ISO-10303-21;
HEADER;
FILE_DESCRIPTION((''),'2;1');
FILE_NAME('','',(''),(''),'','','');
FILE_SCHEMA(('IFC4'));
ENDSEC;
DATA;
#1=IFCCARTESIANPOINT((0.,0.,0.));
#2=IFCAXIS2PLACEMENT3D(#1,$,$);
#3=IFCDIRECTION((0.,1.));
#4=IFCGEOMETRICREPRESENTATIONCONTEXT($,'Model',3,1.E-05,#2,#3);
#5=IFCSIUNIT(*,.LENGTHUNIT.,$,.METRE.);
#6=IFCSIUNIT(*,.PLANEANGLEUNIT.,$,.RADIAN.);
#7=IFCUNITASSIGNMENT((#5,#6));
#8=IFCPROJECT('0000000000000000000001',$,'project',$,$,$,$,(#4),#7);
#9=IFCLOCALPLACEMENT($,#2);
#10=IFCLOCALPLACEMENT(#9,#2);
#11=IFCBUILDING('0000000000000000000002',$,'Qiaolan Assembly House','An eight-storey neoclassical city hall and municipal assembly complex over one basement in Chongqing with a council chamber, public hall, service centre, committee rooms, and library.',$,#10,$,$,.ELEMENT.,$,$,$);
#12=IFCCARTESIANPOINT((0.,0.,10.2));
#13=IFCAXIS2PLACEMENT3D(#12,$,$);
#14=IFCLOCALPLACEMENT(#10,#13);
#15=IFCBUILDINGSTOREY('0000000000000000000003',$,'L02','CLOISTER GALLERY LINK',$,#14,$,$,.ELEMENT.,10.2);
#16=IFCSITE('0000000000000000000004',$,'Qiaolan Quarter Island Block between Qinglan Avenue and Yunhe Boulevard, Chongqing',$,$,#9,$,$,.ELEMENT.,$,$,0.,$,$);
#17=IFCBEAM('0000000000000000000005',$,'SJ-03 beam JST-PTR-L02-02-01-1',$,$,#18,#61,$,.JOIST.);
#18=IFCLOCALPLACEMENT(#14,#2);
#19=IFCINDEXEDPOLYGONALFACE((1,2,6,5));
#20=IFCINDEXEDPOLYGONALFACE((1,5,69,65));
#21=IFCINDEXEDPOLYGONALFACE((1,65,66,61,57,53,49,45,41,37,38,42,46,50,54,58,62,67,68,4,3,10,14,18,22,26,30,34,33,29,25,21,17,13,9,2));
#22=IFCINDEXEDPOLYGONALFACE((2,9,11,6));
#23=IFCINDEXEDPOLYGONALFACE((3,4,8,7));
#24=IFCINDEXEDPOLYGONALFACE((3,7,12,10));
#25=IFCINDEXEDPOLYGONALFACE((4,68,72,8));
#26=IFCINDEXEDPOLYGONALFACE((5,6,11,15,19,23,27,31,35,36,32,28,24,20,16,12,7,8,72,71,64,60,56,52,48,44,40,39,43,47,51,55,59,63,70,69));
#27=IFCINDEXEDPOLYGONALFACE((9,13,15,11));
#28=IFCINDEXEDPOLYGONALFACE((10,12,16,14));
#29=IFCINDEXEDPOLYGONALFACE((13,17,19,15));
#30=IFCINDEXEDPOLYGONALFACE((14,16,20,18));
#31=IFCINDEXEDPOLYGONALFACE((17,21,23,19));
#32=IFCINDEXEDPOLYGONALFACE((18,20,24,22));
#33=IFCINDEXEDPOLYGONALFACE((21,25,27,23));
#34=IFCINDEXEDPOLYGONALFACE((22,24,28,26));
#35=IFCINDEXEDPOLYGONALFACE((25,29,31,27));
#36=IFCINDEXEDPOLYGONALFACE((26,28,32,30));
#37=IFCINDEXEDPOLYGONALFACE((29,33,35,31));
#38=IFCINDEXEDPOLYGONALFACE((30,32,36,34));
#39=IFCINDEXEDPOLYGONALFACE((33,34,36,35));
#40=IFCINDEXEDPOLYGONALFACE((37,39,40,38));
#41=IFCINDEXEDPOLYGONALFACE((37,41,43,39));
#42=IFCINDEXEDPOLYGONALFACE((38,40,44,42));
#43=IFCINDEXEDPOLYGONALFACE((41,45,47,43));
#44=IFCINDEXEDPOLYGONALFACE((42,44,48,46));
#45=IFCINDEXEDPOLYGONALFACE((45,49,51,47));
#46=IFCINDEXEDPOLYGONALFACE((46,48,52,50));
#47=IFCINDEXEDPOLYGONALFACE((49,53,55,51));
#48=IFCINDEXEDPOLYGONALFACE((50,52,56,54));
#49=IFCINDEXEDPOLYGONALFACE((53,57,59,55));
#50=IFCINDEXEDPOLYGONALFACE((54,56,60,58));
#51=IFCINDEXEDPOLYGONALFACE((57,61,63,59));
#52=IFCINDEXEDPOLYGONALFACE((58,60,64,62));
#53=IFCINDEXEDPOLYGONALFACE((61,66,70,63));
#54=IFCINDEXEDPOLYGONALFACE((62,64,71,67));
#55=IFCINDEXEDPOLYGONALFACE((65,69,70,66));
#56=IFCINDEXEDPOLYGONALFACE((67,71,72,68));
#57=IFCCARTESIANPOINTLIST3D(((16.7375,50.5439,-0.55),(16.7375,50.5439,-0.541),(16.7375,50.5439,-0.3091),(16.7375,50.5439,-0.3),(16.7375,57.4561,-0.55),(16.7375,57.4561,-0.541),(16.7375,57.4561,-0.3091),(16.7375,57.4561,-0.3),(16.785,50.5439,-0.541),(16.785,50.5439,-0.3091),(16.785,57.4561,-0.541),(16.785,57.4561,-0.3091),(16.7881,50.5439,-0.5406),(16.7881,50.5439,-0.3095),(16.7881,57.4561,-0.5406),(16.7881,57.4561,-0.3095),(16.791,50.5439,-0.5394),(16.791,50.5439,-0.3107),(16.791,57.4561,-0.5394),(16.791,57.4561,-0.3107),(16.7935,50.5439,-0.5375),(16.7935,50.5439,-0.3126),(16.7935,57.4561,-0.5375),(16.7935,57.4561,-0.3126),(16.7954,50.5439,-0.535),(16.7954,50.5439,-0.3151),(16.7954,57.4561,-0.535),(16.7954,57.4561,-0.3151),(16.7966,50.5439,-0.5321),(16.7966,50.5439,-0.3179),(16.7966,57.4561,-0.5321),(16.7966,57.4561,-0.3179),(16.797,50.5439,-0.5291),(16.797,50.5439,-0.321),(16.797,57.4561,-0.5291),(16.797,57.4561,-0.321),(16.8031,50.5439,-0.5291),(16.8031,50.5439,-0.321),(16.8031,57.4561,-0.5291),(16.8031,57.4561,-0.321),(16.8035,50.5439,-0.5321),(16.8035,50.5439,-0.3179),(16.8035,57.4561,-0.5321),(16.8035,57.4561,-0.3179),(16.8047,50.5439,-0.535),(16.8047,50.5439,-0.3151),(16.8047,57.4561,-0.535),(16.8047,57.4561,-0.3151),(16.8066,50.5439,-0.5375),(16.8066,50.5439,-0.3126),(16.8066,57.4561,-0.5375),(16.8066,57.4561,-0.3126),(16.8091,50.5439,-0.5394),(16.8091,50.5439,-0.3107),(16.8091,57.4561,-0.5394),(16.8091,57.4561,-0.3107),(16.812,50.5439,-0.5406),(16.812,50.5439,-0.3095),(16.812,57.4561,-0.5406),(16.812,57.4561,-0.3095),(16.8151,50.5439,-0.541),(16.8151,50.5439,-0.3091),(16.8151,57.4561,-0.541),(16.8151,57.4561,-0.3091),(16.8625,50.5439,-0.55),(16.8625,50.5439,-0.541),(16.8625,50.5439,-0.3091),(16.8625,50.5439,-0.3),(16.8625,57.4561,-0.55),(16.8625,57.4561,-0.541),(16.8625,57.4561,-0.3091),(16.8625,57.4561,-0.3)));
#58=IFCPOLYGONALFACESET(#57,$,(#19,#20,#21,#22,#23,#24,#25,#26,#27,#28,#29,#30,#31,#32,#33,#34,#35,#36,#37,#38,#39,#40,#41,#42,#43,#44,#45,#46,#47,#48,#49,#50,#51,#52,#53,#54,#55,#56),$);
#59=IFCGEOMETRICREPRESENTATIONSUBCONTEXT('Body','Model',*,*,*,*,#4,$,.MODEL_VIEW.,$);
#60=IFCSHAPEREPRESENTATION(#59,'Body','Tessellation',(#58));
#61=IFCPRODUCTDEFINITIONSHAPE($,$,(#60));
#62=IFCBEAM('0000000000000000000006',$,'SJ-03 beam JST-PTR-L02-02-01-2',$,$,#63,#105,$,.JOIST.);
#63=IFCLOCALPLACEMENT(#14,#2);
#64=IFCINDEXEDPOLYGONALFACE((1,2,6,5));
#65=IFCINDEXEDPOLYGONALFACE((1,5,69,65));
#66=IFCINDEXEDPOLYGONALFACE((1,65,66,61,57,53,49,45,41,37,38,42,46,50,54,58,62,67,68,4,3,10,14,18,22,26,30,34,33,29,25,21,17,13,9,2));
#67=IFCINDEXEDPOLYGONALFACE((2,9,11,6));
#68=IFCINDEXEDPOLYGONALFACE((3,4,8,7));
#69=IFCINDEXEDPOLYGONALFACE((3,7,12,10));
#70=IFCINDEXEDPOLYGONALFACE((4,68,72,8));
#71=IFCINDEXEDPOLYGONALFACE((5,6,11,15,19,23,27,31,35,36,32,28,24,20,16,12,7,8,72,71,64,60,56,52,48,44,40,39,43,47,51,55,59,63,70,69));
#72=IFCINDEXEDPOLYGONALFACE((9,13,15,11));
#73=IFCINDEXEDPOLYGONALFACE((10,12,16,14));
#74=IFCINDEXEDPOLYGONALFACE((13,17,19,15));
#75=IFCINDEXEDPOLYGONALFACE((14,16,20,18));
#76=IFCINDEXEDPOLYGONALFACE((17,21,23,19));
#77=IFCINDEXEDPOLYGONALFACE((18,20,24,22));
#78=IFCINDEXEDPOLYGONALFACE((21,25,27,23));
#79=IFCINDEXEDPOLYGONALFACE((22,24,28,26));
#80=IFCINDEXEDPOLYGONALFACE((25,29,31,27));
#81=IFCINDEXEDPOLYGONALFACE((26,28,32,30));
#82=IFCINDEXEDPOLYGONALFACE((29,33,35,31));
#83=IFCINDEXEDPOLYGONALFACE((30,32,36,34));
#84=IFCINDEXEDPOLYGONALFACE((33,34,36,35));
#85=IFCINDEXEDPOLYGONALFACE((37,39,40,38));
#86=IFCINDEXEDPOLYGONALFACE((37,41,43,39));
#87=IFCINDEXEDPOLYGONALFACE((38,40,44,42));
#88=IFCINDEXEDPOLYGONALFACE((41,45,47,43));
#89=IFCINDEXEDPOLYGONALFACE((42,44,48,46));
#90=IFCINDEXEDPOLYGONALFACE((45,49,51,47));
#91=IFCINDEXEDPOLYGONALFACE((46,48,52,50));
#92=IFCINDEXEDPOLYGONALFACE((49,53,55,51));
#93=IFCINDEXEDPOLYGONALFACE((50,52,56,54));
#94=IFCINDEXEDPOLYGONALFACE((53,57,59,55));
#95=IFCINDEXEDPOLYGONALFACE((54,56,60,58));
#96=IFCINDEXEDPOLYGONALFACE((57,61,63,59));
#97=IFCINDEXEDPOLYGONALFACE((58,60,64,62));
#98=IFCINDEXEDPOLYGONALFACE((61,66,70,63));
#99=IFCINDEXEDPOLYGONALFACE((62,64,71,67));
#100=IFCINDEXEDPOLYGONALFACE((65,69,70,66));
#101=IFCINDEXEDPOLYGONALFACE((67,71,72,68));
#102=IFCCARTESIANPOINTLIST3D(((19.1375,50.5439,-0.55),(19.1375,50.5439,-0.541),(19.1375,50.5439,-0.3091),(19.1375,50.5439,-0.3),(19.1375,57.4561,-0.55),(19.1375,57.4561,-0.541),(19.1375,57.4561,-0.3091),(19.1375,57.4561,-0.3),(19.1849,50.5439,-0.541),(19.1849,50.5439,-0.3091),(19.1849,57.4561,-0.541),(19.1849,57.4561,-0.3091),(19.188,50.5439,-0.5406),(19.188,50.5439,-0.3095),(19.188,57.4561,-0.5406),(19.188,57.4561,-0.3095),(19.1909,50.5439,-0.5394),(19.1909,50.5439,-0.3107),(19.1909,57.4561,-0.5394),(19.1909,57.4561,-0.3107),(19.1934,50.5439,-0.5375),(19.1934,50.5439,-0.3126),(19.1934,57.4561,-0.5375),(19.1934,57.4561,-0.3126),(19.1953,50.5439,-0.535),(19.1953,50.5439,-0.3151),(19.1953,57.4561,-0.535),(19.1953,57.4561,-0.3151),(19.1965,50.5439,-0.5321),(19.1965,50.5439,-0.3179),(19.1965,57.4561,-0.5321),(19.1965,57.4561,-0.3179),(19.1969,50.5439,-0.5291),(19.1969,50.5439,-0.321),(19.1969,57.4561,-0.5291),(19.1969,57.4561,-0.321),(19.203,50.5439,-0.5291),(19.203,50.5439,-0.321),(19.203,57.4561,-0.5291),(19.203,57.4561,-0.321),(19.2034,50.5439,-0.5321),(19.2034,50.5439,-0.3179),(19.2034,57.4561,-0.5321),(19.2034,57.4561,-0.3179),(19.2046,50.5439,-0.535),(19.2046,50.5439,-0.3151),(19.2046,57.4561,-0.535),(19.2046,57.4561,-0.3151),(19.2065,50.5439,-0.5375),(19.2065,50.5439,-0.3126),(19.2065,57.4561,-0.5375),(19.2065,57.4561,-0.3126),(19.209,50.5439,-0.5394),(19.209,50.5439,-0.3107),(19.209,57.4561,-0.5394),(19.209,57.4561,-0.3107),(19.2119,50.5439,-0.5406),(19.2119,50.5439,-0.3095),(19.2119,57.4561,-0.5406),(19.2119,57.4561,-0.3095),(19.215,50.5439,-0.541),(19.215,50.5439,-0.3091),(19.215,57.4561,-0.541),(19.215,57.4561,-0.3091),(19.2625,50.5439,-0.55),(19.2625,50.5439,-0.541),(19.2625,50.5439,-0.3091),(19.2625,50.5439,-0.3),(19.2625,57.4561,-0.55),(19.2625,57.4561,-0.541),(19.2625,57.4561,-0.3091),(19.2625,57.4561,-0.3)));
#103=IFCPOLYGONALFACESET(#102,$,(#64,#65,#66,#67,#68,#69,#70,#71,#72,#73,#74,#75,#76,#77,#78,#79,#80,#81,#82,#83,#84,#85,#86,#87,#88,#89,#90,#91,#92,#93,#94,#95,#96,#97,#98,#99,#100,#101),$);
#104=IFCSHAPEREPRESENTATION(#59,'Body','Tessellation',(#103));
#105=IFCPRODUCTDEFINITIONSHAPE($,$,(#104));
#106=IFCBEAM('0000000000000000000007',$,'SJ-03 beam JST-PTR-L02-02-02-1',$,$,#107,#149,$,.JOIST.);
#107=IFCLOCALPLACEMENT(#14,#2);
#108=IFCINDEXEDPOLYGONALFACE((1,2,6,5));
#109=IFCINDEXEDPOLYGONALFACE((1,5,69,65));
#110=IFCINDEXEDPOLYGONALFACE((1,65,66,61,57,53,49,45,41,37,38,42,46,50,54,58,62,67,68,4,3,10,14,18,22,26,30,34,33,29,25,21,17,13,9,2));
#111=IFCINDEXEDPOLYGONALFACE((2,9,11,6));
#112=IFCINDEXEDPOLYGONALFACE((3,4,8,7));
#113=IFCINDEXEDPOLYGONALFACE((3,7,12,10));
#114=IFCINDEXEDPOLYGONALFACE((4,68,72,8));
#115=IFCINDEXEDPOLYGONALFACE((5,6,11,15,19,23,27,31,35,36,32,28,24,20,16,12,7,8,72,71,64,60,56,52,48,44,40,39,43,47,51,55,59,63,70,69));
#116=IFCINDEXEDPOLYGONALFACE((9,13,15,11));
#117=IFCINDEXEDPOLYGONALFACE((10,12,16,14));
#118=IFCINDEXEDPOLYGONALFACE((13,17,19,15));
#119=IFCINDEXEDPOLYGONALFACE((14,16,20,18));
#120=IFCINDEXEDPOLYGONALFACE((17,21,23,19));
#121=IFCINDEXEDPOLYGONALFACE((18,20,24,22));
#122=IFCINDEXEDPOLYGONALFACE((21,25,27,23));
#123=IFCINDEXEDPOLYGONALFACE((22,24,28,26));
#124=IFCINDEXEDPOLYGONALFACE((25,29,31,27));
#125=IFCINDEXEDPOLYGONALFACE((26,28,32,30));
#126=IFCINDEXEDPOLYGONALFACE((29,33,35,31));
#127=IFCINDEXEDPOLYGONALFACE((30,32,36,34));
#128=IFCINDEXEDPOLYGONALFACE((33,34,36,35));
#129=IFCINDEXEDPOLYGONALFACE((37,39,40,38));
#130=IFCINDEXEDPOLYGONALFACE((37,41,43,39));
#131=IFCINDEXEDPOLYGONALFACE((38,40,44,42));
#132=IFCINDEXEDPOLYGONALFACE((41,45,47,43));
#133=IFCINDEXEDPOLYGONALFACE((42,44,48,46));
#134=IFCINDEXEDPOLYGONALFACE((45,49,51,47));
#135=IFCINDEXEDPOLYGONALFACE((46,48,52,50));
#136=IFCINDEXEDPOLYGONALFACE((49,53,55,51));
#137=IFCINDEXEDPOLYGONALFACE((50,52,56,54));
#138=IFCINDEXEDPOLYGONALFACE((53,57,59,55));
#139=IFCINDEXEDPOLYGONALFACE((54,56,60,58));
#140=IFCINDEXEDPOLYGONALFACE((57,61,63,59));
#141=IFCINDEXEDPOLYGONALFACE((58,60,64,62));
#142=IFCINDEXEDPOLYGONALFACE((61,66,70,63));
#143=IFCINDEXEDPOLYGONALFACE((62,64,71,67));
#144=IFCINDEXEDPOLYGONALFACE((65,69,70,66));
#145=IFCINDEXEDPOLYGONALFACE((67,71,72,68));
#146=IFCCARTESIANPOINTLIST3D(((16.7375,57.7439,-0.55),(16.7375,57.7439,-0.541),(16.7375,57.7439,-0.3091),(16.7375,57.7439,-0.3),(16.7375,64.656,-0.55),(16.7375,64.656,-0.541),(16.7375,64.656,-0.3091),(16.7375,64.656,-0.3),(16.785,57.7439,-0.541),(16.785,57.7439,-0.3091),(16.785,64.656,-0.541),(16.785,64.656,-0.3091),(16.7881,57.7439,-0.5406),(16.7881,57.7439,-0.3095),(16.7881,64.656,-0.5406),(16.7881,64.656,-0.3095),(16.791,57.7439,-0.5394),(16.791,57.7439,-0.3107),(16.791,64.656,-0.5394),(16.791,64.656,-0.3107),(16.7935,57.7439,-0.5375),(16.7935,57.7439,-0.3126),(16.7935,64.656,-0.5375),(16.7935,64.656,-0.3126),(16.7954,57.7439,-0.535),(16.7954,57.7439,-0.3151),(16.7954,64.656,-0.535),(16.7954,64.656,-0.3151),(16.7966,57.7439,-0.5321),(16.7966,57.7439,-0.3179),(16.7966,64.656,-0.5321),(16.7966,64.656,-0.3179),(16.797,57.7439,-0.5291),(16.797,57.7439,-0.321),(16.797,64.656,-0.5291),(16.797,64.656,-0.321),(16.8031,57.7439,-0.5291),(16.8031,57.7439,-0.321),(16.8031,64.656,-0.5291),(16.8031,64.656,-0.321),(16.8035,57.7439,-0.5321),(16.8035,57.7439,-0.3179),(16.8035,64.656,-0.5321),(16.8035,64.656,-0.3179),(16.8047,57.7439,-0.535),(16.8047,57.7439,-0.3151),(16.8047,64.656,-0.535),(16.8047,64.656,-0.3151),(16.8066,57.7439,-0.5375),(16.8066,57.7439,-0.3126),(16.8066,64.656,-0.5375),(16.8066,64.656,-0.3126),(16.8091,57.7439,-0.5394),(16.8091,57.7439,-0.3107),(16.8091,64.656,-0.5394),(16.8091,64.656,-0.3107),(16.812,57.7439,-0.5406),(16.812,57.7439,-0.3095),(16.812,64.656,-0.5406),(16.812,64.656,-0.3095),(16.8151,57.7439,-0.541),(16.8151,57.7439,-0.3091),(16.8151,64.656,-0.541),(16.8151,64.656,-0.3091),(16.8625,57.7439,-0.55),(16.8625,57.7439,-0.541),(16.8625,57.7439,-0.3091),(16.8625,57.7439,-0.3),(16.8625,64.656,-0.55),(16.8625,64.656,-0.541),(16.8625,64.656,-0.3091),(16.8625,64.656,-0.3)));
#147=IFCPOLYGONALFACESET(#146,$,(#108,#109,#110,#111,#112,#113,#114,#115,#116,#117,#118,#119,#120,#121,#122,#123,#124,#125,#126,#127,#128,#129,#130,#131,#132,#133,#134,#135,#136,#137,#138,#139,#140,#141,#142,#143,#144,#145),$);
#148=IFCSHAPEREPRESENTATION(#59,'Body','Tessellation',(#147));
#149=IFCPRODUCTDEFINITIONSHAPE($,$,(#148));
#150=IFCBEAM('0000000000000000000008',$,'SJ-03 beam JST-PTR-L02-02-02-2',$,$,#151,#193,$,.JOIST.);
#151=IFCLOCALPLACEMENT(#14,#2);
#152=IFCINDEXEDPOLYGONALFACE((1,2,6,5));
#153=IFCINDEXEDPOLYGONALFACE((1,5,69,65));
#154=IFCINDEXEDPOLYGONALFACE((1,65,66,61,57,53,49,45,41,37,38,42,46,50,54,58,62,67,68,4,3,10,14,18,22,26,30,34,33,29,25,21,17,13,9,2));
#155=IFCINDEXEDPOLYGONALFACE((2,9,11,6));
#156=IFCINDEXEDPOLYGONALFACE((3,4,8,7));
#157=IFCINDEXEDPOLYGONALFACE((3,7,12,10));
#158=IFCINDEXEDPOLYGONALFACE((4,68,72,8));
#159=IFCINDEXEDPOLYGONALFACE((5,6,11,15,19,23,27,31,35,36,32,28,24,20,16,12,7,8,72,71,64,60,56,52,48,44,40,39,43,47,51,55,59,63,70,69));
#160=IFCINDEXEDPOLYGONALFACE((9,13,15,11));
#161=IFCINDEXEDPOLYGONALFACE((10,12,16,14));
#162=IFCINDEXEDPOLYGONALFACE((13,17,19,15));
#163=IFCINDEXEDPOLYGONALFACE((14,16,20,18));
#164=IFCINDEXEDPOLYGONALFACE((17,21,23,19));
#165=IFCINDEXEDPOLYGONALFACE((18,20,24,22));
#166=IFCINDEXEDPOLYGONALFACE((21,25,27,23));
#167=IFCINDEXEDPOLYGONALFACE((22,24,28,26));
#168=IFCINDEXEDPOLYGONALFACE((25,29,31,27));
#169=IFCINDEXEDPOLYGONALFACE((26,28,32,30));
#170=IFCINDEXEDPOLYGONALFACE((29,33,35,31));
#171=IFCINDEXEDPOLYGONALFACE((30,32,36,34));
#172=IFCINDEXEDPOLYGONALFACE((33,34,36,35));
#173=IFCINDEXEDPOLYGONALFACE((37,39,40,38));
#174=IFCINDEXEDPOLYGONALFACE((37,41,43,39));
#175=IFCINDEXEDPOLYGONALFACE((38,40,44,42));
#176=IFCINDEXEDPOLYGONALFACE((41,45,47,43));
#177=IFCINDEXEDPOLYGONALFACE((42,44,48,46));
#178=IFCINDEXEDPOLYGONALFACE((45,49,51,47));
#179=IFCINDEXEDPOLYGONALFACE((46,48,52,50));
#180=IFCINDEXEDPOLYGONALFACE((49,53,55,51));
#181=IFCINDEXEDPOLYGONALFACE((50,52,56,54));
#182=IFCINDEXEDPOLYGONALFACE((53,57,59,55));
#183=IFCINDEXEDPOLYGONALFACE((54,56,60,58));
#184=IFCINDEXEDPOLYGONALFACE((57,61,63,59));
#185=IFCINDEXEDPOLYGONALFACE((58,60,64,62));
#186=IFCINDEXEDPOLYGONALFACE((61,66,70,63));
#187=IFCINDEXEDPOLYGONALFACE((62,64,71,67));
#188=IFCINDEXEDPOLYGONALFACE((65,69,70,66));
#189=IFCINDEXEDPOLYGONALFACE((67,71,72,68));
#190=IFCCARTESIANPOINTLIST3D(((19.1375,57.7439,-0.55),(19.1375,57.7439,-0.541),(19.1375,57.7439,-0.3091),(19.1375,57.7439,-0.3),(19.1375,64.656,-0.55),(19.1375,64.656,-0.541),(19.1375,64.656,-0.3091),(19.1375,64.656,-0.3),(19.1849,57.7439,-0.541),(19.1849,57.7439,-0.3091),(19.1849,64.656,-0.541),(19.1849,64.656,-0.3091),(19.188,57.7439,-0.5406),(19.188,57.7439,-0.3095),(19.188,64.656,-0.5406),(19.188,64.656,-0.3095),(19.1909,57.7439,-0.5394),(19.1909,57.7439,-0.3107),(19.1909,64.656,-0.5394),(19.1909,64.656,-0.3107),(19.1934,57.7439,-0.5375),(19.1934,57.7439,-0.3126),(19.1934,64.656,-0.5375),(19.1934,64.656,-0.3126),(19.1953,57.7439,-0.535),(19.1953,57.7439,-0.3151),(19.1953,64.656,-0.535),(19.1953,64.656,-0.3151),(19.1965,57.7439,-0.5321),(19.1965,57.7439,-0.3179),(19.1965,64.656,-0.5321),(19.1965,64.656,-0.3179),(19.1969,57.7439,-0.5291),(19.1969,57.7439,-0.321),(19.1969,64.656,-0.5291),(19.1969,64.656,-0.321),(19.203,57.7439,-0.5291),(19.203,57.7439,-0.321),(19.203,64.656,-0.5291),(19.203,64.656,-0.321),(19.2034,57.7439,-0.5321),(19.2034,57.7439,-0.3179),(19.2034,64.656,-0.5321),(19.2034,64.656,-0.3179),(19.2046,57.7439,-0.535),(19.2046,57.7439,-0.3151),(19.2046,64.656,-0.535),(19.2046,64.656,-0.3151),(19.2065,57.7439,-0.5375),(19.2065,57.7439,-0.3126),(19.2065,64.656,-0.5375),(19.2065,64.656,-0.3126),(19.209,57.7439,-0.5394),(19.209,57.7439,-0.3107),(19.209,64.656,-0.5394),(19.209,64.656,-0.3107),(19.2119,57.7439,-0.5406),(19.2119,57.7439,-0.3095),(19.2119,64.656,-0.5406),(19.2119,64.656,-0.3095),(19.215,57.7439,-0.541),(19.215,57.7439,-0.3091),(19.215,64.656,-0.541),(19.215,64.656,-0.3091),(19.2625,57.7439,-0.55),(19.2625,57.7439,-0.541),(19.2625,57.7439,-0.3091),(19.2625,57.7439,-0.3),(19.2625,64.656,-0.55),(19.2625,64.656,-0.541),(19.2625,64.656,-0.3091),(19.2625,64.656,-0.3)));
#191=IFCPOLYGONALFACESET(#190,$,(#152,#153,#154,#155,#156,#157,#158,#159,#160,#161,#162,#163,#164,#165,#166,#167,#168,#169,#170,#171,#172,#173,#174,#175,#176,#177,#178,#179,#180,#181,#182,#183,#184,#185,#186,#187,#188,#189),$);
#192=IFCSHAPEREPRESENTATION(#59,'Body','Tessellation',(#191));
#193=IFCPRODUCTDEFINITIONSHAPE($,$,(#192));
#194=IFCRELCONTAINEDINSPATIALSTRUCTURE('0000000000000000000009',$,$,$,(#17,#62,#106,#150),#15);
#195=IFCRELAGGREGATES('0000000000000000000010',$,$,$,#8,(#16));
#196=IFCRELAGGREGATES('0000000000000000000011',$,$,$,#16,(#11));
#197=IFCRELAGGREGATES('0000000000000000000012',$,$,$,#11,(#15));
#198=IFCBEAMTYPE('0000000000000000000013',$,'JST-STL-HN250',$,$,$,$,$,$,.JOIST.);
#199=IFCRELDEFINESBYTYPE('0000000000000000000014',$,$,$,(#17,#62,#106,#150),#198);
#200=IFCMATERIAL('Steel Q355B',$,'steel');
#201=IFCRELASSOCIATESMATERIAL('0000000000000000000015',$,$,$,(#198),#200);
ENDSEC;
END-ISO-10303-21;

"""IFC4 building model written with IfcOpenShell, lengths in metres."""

from ifc_helpers import new_model, si_unit, direction, frame, origin, origin_2d, place, context, subcontext, project, spatial, i_section, extrude, material, material_profile, profile_set, type_object, element, save


model = new_model("IFC4")

# Units and contexts
model_context = context("Model", 3, precision=1e-05, world=origin(), true_north=direction((0.0, 1.0)))
body_context = subcontext(model_context, "Body", "Model", "MODEL_VIEW")
ifc_project = project(units=[si_unit("LENGTHUNIT", "METRE"), si_unit("PLANEANGLEUNIT", "RADIAN")], contexts=[model_context])

# Site, building, storey
site_placement = place(None, origin())
site = spatial("IfcSite", under=ifc_project, at=site_placement, Name="Qiaolan Quarter Island Block between Qinglan Avenue and Yunhe Boulevard, Chongqing", CompositionType="ELEMENT", RefElevation=0.0)
building_placement = place(site_placement, origin())
building = spatial("IfcBuilding", under=site, at=building_placement, Name="Qiaolan Assembly House", Description="An eight-storey neoclassical city hall and municipal assembly complex over one basement in Chongqing with a council chamber, public hall, service centre, committee rooms, and library.", CompositionType="ELEMENT")
storey_placement = place(building_placement, frame((0.0, 0.0, 10.2)))
storey = spatial("IfcBuildingStorey", under=building, at=storey_placement, Name="L02", Description="CLOISTER GALLERY LINK", CompositionType="ELEMENT", Elevation=10.2)

# Shared definitions
ifc_material = material(Name="Steel Q355B", Category="steel")

# Beams
ifc_material_profile_1 = material_profile(ifc_material, i_section(OverallWidth=0.125, OverallDepth=0.25, WebThickness=0.0061, FlangeThickness=0.009, FilletRadius=0.012, at=origin_2d()), Name="HN 250x125x6x9")
ifc_profile_set_1 = profile_set([ifc_material_profile_1], Name="Steel Q355B")
beam_type_1 = type_object("IfcBeamType", Name="JST-STL-HN250", PredefinedType="JOIST", material=ifc_profile_set_1)
for number, where, z_axis, x_axis, name in (
    (1, (16.8, 50.5439, -0.425), (0.0, 1.0, 0.0), (-1.0, 0.0, 0.0), "SJ-03 beam JST-PTR-L02-02-01-1"),
    (2, (19.2, 50.5439, -0.425), (0.0, 1.0, 0.0), (-1.0, 0.0, 0.0), "SJ-03 beam JST-PTR-L02-02-01-2"),
    (3, (16.8, 57.7439, -0.425), (0.0, 1.0, 0.0), (-1.0, 0.0, 0.0), "SJ-03 beam JST-PTR-L02-02-02-1"),
    (4, (19.2, 57.7439, -0.425), (0.0, 1.0, 0.0), (-1.0, 0.0, 0.0), "SJ-03 beam JST-PTR-L02-02-02-2"),
):
    element("IfcBeam", number, at=place(storey_placement, frame(where, z_axis=z_axis, x_axis=x_axis)), inside=storey, type_object=beam_type_1, Name=name, PredefinedType="JOIST", context=body_context, shape_type="SweptSolid", body=[
        extrude(i_section(OverallWidth=0.125, OverallDepth=0.25, WebThickness=0.0061, FlangeThickness=0.009, FilletRadius=0.012, at=origin_2d()), origin(), (0.0, 0.0, 1.0), 6.9121),
    ])

save(model, "model.ifc")
